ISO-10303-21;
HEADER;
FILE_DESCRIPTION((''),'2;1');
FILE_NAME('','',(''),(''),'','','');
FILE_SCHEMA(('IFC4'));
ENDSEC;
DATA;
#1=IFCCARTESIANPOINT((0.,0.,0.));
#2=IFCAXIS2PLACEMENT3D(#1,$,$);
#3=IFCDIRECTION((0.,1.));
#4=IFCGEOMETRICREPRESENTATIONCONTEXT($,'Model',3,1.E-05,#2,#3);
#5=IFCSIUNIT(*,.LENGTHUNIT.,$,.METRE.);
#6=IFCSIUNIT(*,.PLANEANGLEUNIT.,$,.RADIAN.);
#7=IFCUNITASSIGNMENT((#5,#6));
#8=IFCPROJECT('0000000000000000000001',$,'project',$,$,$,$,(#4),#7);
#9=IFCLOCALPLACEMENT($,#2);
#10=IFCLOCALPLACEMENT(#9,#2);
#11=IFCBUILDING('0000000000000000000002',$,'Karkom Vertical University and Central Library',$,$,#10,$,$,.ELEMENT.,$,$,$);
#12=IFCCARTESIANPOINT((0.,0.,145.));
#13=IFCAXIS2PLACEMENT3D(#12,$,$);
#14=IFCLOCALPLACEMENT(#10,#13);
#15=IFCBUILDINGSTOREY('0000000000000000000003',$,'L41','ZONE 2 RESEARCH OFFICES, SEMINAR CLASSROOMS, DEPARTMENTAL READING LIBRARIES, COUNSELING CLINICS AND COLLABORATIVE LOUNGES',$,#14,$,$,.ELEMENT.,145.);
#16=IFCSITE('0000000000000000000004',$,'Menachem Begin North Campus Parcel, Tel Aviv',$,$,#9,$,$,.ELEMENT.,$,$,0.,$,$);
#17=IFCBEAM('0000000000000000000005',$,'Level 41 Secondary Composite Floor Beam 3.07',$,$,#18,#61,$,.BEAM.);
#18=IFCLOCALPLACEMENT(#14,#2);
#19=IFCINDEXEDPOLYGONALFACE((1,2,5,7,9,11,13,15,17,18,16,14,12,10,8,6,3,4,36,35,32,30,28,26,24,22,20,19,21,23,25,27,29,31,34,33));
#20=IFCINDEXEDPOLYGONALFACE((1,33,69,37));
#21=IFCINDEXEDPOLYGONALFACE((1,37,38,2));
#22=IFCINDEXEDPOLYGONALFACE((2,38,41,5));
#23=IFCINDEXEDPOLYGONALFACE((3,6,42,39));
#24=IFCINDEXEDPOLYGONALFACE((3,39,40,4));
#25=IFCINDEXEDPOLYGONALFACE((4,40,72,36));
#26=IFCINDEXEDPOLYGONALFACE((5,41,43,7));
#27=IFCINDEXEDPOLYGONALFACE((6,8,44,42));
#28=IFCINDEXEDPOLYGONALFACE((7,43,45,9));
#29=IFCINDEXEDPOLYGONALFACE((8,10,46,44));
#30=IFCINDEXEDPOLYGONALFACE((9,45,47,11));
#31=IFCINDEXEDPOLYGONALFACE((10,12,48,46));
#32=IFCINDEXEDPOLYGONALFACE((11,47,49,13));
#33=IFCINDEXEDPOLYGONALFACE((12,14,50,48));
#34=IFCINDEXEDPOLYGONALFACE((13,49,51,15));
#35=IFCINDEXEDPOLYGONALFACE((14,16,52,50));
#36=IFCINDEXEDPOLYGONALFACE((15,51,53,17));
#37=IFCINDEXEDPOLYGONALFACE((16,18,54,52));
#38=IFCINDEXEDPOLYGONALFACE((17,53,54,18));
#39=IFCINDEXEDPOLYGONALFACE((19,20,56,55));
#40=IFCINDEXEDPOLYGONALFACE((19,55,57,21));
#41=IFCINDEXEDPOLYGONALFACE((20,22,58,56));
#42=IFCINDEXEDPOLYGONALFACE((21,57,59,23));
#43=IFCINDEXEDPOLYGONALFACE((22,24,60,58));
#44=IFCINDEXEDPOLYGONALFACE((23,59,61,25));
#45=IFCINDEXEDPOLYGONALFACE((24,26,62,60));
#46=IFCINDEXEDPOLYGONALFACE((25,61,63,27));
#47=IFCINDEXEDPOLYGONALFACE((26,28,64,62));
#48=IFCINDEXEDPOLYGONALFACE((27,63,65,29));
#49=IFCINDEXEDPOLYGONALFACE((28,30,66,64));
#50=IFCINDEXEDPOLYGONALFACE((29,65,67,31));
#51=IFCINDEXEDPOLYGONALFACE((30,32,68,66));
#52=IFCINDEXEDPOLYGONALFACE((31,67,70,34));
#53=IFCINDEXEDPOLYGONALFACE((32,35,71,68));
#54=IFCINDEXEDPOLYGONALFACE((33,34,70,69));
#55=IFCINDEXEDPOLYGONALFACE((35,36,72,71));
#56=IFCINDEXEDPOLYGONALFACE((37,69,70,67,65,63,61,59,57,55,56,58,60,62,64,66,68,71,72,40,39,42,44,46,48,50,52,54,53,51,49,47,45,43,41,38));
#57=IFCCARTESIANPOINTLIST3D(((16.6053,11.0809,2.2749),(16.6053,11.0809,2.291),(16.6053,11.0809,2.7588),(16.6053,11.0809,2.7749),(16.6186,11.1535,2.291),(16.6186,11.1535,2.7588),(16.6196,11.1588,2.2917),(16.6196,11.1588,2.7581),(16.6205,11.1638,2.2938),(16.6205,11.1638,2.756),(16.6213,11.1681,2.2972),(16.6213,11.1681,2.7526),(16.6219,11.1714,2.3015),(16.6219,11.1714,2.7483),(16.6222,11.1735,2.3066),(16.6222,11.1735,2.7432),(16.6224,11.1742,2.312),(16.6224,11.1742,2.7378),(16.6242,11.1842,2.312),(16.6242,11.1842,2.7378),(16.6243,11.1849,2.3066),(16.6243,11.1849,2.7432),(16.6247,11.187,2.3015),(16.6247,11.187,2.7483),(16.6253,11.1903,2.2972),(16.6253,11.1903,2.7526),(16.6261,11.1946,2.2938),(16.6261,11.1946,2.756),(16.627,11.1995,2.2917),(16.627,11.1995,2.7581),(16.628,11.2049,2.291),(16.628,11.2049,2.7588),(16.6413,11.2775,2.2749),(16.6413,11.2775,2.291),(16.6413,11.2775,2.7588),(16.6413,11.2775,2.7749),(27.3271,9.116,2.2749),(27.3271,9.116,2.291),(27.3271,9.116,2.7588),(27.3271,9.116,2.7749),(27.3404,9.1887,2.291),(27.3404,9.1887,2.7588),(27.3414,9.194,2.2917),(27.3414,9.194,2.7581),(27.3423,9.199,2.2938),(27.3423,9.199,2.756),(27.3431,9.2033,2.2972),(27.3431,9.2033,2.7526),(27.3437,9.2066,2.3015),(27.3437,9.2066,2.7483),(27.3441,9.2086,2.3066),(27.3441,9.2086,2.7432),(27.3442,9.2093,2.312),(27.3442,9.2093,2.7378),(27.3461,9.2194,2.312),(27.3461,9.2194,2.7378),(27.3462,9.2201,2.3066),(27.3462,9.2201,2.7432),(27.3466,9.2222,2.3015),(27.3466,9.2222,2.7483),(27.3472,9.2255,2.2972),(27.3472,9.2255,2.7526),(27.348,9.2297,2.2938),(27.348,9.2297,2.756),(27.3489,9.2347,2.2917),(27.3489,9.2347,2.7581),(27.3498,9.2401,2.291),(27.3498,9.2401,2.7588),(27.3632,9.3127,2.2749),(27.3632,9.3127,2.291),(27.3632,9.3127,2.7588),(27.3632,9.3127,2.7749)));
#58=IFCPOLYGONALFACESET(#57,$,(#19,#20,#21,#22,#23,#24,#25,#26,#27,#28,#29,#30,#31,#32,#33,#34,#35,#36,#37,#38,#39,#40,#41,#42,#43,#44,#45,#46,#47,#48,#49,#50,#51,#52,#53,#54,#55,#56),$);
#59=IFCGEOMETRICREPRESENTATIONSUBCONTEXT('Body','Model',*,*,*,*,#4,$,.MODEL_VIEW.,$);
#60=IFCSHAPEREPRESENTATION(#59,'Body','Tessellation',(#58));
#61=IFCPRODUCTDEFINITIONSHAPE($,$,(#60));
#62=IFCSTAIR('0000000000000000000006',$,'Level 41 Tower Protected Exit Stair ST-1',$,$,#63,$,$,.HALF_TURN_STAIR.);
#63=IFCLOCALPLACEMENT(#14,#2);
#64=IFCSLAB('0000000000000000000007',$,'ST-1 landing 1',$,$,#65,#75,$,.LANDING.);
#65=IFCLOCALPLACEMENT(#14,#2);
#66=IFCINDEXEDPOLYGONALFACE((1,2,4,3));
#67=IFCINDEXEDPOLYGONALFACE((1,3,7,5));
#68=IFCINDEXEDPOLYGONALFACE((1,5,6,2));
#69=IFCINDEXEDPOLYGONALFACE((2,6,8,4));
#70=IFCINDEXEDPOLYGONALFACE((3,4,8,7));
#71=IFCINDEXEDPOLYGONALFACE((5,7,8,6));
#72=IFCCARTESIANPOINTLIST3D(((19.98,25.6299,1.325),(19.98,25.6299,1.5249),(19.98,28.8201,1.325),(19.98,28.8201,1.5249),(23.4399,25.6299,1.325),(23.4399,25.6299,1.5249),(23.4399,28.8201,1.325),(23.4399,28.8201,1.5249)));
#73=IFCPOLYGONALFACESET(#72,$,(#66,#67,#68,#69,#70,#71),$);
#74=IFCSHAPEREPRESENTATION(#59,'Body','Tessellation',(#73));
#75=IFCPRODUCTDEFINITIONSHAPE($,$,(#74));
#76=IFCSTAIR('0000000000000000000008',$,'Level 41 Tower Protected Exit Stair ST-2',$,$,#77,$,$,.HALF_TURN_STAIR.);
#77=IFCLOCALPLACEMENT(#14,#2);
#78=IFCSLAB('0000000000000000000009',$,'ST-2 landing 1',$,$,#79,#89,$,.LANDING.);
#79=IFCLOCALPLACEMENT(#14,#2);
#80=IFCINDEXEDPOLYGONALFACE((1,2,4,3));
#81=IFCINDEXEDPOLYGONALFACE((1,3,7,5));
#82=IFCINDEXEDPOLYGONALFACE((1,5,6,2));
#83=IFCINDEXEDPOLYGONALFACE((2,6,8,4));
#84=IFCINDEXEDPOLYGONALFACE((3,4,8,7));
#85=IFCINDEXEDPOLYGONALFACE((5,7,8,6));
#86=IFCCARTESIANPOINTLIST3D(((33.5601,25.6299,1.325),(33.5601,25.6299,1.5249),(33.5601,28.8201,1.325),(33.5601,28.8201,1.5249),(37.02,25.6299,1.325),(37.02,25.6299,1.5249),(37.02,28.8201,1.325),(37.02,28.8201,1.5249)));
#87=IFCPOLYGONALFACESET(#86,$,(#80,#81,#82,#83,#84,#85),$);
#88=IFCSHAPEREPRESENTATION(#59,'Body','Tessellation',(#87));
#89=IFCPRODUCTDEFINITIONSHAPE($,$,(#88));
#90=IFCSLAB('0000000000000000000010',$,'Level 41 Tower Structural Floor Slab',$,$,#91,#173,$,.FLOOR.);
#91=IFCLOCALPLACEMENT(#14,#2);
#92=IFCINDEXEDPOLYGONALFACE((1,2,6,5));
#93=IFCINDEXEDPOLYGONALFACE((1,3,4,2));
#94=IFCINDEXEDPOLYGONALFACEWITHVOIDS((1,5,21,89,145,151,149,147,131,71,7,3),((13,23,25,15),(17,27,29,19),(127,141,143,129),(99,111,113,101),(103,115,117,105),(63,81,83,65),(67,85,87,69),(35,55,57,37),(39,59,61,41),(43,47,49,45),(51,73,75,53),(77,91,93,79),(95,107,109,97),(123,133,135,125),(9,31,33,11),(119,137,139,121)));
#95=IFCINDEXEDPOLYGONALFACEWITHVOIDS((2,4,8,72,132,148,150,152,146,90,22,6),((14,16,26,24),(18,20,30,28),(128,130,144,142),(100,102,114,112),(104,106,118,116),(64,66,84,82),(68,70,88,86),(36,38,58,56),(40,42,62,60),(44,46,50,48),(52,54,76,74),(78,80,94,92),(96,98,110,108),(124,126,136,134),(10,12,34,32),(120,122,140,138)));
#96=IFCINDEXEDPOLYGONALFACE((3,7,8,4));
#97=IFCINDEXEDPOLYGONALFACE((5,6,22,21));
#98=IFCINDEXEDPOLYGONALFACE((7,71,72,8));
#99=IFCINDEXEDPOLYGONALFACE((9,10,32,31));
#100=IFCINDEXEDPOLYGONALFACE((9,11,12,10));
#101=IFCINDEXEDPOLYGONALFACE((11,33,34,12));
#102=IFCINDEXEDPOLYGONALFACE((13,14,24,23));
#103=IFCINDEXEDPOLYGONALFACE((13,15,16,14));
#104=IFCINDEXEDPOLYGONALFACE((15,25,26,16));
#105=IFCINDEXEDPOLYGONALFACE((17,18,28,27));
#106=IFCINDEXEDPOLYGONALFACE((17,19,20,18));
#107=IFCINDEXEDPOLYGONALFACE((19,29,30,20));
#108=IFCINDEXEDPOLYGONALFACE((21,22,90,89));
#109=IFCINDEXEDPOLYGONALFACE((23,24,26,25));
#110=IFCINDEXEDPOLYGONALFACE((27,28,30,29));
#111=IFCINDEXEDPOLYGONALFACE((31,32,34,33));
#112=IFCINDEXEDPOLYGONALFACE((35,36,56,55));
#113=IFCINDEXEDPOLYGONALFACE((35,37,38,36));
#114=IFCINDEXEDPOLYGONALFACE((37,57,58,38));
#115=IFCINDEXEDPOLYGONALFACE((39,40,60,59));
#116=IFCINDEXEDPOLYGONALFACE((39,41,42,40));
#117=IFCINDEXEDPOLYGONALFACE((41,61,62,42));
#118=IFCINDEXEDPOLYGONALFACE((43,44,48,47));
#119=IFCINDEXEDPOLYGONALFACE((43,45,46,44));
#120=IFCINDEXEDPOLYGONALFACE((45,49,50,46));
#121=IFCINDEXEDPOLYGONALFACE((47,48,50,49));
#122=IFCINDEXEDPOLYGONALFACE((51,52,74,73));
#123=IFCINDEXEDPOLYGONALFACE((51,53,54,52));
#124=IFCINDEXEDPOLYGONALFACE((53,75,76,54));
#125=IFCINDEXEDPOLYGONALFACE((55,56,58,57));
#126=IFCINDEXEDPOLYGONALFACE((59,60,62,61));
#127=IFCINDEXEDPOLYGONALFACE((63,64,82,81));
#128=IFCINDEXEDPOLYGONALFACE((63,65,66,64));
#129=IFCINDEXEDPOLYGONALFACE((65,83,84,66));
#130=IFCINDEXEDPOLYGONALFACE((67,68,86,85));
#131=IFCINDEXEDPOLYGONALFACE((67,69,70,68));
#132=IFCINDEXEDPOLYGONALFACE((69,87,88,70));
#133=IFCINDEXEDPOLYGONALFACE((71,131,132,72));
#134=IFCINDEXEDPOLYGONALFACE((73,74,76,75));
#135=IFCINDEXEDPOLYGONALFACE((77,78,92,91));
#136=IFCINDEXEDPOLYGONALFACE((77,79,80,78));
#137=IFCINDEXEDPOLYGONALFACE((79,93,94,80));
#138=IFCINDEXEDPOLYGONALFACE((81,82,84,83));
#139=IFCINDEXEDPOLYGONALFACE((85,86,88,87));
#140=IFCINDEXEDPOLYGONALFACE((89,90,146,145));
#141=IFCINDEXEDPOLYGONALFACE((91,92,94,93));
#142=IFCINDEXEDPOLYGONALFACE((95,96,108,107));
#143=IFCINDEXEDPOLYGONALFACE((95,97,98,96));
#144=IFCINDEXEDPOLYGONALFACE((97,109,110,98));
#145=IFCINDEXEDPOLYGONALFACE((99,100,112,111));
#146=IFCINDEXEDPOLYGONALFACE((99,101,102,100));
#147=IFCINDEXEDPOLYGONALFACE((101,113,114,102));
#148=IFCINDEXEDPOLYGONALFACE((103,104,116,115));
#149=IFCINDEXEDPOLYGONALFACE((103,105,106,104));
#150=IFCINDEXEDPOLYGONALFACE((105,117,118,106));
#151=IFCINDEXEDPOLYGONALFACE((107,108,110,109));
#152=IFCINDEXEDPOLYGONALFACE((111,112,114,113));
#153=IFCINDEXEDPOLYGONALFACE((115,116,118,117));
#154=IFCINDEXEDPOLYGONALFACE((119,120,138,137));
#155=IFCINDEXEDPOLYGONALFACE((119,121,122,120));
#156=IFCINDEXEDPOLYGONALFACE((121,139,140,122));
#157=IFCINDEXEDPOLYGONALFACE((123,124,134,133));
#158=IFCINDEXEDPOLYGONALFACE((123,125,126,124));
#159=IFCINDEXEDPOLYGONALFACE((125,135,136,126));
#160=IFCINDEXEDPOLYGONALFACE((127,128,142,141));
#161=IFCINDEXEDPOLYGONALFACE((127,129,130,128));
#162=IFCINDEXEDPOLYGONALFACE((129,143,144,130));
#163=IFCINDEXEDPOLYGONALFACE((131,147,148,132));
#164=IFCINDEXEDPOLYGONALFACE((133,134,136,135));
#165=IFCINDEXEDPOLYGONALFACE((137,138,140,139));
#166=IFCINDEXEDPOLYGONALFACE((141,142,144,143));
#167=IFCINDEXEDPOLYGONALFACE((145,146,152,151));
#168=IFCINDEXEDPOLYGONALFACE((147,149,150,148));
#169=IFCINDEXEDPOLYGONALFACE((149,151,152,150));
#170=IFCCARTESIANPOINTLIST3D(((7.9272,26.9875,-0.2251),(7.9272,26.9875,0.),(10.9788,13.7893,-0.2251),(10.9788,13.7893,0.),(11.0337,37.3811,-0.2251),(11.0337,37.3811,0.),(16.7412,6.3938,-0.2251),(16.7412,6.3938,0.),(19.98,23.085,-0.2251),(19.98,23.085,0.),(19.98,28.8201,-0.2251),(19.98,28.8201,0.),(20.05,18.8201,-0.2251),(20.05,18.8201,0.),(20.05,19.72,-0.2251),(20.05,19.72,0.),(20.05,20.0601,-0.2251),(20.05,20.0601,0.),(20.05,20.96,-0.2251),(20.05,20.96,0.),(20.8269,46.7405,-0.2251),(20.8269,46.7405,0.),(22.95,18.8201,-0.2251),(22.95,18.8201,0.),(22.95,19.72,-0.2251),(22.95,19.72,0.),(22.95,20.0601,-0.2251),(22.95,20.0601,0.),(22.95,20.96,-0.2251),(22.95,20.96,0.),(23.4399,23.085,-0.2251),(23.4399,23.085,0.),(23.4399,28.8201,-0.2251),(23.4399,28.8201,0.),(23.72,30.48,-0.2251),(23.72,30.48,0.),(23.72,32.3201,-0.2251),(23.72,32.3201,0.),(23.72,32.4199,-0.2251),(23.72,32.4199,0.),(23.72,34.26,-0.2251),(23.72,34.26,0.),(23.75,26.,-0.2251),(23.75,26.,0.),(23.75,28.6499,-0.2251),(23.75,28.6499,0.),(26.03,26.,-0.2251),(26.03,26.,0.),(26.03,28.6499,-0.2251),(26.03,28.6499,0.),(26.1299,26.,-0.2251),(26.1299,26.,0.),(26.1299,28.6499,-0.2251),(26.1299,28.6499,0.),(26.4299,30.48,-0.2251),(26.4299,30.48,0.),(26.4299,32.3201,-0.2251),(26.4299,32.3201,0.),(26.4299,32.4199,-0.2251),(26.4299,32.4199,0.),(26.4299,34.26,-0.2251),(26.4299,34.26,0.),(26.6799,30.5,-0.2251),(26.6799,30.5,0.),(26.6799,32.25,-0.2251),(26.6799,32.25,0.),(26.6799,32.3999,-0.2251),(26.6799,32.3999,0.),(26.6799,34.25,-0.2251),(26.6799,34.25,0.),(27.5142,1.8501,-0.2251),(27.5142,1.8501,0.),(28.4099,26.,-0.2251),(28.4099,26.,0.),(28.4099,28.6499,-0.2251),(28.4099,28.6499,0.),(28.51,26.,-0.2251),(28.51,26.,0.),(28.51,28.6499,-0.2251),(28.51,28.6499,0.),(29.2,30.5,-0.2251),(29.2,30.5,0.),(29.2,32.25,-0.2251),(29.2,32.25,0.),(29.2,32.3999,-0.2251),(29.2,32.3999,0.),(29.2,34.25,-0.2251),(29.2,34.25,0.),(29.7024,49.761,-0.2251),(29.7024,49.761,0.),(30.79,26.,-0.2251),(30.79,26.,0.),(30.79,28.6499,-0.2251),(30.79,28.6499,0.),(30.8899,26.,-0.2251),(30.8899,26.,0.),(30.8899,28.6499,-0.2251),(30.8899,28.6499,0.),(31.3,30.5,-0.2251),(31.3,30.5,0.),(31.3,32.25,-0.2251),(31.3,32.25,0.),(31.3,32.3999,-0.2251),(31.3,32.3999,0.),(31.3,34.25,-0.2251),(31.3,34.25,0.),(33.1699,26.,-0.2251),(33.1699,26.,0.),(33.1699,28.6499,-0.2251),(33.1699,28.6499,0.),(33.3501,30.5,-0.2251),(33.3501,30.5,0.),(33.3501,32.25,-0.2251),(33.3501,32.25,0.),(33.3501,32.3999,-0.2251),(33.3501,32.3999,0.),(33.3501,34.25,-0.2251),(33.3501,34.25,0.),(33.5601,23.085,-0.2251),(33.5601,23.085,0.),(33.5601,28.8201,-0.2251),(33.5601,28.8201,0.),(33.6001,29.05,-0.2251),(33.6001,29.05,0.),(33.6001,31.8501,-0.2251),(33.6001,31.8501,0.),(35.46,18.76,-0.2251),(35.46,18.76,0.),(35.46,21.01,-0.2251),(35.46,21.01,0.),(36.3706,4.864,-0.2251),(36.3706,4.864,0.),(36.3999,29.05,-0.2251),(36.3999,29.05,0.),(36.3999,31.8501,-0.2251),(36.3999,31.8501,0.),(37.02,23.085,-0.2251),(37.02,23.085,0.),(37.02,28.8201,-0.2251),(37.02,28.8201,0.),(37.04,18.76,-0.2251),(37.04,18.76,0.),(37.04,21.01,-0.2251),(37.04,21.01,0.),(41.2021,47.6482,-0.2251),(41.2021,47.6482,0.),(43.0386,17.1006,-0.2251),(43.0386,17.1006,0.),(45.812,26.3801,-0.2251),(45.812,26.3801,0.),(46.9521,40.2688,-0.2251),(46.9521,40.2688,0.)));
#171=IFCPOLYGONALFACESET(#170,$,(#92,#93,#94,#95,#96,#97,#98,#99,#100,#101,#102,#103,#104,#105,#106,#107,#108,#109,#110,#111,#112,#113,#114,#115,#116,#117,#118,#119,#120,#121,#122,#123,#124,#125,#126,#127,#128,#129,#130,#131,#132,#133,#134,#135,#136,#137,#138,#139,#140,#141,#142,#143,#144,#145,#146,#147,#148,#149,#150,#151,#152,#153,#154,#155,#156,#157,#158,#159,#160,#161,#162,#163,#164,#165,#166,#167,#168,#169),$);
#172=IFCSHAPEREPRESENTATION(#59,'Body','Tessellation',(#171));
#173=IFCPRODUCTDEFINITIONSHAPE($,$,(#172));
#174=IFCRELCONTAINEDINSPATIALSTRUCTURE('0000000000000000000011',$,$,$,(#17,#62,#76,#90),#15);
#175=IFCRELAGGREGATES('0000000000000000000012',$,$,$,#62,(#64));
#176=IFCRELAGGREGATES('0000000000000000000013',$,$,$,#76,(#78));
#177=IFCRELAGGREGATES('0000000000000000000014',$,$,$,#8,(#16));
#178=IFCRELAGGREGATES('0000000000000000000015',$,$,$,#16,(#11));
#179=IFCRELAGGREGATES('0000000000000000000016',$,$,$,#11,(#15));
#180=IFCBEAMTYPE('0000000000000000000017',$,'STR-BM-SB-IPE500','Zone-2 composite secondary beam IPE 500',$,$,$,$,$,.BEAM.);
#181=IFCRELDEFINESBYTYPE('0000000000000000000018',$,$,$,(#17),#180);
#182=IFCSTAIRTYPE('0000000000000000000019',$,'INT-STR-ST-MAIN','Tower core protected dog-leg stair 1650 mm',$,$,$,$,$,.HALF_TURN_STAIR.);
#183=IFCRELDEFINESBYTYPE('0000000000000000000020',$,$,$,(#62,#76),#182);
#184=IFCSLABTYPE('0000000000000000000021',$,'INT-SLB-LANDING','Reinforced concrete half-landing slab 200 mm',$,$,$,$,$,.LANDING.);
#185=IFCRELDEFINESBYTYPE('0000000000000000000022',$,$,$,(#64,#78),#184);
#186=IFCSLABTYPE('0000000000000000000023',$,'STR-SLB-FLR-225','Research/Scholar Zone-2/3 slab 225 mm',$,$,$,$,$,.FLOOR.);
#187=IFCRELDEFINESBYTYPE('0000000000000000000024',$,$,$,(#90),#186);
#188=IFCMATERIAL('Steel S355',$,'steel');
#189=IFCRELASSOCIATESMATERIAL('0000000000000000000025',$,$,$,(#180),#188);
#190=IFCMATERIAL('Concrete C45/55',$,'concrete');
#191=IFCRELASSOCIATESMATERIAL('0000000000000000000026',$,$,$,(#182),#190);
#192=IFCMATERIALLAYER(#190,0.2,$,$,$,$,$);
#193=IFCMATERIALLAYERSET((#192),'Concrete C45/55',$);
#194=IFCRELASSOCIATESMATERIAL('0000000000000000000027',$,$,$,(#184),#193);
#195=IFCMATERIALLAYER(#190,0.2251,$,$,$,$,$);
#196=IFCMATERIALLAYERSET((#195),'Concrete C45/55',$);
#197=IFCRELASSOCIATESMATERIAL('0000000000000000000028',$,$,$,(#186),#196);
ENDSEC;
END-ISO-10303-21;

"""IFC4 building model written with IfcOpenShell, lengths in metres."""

from ifc_helpers import new_model, si_unit, direction, frame, origin, origin_with_axes, origin_2d, place, context, subcontext, project, spatial, polyline, i_section, outline, extrude, source, transform, mapped, material, layer, layer_set, material_profile, profile_set, type_object, element, aggregate, save


model = new_model("IFC4")

# Units and contexts
model_context = context("Model", 3, precision=1e-05, world=origin(), true_north=direction((0.0, 1.0)))
body_context = subcontext(model_context, "Body", "Model", "MODEL_VIEW")
ifc_project = project(units=[si_unit("LENGTHUNIT", "METRE"), si_unit("PLANEANGLEUNIT", "RADIAN")], contexts=[model_context])

# Site, building, storey
site_placement = place(None, origin())
site = spatial("IfcSite", under=ifc_project, at=site_placement, Name="Menachem Begin North Campus Parcel, Tel Aviv", CompositionType="ELEMENT", RefElevation=0.0)
building_placement = place(site_placement, origin())
building = spatial("IfcBuilding", under=site, at=building_placement, Name="Karkom Vertical University and Central Library", CompositionType="ELEMENT")
storey_placement = place(building_placement, frame((0.0, 0.0, 145.0)))
storey = spatial("IfcBuildingStorey", under=building, at=storey_placement, Name="L41", Description="ZONE 2 RESEARCH OFFICES, SEMINAR CLASSROOMS, DEPARTMENTAL READING LIBRARIES, COUNSELING CLINICS AND COLLABORATIVE LOUNGES", CompositionType="ELEMENT", Elevation=145.0)

# Beam
ifc_material_1 = material(Name="Steel S355", Category="steel")
ifc_material_profile_1 = material_profile(ifc_material_1, i_section(OverallWidth=0.2, OverallDepth=0.5, WebThickness=0.0103, FlangeThickness=0.0161, FilletRadius=0.021, at=origin_2d()), Name="IPE 500")
ifc_profile_set_1 = profile_set([ifc_material_profile_1], Name="Steel S355")
beam_type_1 = type_object("IfcBeamType", Name="STR-BM-SB-IPE500", Description="Zone-2 composite secondary beam IPE 500", PredefinedType="BEAM", material=ifc_profile_set_1)
shared_shape_1 = source(origin_with_axes(), body_context, "Body", "SweptSolid", [
    extrude(i_section(OverallWidth=0.2, OverallDepth=0.5, WebThickness=0.0103, FlangeThickness=0.0161, FilletRadius=0.021, at=origin_2d()), origin(), (0.0, 0.0, 1.0), 10.9004),
])
beam_1_placement = place(storey_placement, frame((16.6233, 11.1792, 2.5249), z_axis=(0.98362, -0.180253, 0.0), x_axis=(0.180253, 0.98362, 0.0)))
element("IfcBeam", 1, at=beam_1_placement, inside=storey, type_object=beam_type_1, Name="Level 41 Secondary Composite Floor Beam 3.07", PredefinedType="BEAM", context=body_context, shape_type="MappedRepresentation", body=[
    mapped(shared_shape_1, transform((0.0, 0.0, 0.0), scale=1.0)),
])

# Stairs, slabs
ifc_material_2 = material(Name="Concrete C45/55", Category="concrete")
stair_type = type_object("IfcStairType", Name="INT-STR-ST-MAIN", Description="Tower core protected dog-leg stair 1650 mm", PredefinedType="HALF_TURN_STAIR", material=ifc_material_2)
stair_1_placement = place(storey_placement, origin())
stair_1 = element("IfcStair", 2, at=stair_1_placement, inside=storey, type_object=stair_type, Name="Level 41 Tower Protected Exit Stair ST-1", PredefinedType="HALF_TURN_STAIR")
ifc_layer_1 = layer(ifc_material_2, 0.2)
ifc_layer_set_1 = layer_set([ifc_layer_1], Name="Concrete C45/55")
slab_type_1 = type_object("IfcSlabType", Name="INT-SLB-LANDING", Description="Reinforced concrete half-landing slab 200 mm", PredefinedType="LANDING", material=ifc_layer_set_1)
slab_1_placement = place(storey_placement, frame((0.0, 0.0, 1.325)))
slab_1 = element("IfcSlab", 3, at=slab_1_placement, type_object=slab_type_1, Name="ST-1 landing 1", PredefinedType="LANDING", context=body_context, shape_type="SweptSolid", body=[
    extrude(outline(polyline([(23.4399, 25.6299), (23.4399, 28.8201), (19.98, 28.8201), (19.98, 25.6299), (23.4399, 25.6299)])), origin(), (0.0, 0.0, 1.0), 0.2),
])
aggregate(stair_1, [slab_1])
stair_2_placement = place(storey_placement, origin())
stair_2 = element("IfcStair", 4, at=stair_2_placement, inside=storey, type_object=stair_type, Name="Level 41 Tower Protected Exit Stair ST-2", PredefinedType="HALF_TURN_STAIR")
slab_2_placement = place(storey_placement, frame((0.0, 0.0, 1.325)))
slab_2 = element("IfcSlab", 5, at=slab_2_placement, type_object=slab_type_1, Name="ST-2 landing 1", PredefinedType="LANDING", context=body_context, shape_type="SweptSolid", body=[
    extrude(outline(polyline([(37.02, 25.6299), (37.02, 28.8201), (33.5601, 28.8201), (33.5601, 25.6299), (37.02, 25.6299)])), origin(), (0.0, 0.0, 1.0), 0.2),
])
aggregate(stair_2, [slab_2])

# Slab
ifc_layer_2 = layer(ifc_material_2, 0.2251)
ifc_layer_set_2 = layer_set([ifc_layer_2], Name="Concrete C45/55")
slab_type_2 = type_object("IfcSlabType", Name="STR-SLB-FLR-225", Description="Research/Scholar Zone-2/3 slab 225 mm", PredefinedType="FLOOR", material=ifc_layer_set_2)
slab_3_placement = place(storey_placement, frame((0.0, 0.0, -0.2251)))
element("IfcSlab", 6, at=slab_3_placement, inside=storey, type_object=slab_type_2, Name="Level 41 Tower Structural Floor Slab", PredefinedType="FLOOR", context=body_context, shape_type="SweptSolid", body=[
    extrude(outline(polyline([(11.0337, 37.3811), (7.9272, 26.9875), (10.9788, 13.7893), (16.7412, 6.3938), (27.5142, 1.8501), (36.3706, 4.864), (43.0386, 17.1006), (45.812, 26.3801), (46.9521, 40.2688), (41.2021, 47.6482), (29.7024, 49.761), (20.8269, 46.7405), (11.0337, 37.3811)]), holes=[polyline([(19.98, 23.085), (23.4399, 23.085), (23.4399, 28.8201), (19.98, 28.8201), (19.98, 23.085)]), polyline([(33.5601, 23.085), (37.02, 23.085), (37.02, 28.8201), (33.5601, 28.8201), (33.5601, 23.085)]), polyline([(23.75, 26.0), (26.03, 26.0), (26.03, 28.6499), (23.75, 28.6499), (23.75, 26.0)]), polyline([(26.1299, 26.0), (28.4099, 26.0), (28.4099, 28.6499), (26.1299, 28.6499), (26.1299, 26.0)]), polyline([(28.51, 26.0), (30.79, 26.0), (30.79, 28.6499), (28.51, 28.6499), (28.51, 26.0)]), polyline([(30.8899, 26.0), (33.1699, 26.0), (33.1699, 28.6499), (30.8899, 28.6499), (30.8899, 26.0)]), polyline([(26.6799, 30.5), (29.2, 30.5), (29.2, 32.25), (26.6799, 32.25), (26.6799, 30.5)]), polyline([(26.6799, 32.3999), (29.2, 32.3999), (29.2, 34.25), (26.6799, 34.25), (26.6799, 32.3999)]), polyline([(31.3, 30.5), (33.3501, 30.5), (33.3501, 32.25), (31.3, 32.25), (31.3, 30.5)]), polyline([(31.3, 32.3999), (33.3501, 32.3999), (33.3501, 34.25), (31.3, 34.25), (31.3, 32.3999)]), polyline([(23.72, 30.48), (26.4299, 30.48), (26.4299, 32.3201), (23.72, 32.3201), (23.72, 30.48)]), polyline([(23.72, 32.4199), (26.4299, 32.4199), (26.4299, 34.26), (23.72, 34.26), (23.72, 32.4199)]), polyline([(33.6001, 29.05), (36.3999, 29.05), (36.3999, 31.8501), (33.6001, 31.8501), (33.6001, 29.05)]), polyline([(20.05, 18.8201), (22.95, 18.8201), (22.95, 19.72), (20.05, 19.72), (20.05, 18.8201)]), polyline([(20.05, 20.0601), (22.95, 20.0601), (22.95, 20.96), (20.05, 20.96), (20.05, 20.0601)]), polyline([(35.46, 18.76), (37.04, 18.76), (37.04, 21.01), (35.46, 21.01), (35.46, 18.76)])]), origin(), (0.0, 0.0, 1.0), 0.2251),
])

save(model, "model.ifc")
